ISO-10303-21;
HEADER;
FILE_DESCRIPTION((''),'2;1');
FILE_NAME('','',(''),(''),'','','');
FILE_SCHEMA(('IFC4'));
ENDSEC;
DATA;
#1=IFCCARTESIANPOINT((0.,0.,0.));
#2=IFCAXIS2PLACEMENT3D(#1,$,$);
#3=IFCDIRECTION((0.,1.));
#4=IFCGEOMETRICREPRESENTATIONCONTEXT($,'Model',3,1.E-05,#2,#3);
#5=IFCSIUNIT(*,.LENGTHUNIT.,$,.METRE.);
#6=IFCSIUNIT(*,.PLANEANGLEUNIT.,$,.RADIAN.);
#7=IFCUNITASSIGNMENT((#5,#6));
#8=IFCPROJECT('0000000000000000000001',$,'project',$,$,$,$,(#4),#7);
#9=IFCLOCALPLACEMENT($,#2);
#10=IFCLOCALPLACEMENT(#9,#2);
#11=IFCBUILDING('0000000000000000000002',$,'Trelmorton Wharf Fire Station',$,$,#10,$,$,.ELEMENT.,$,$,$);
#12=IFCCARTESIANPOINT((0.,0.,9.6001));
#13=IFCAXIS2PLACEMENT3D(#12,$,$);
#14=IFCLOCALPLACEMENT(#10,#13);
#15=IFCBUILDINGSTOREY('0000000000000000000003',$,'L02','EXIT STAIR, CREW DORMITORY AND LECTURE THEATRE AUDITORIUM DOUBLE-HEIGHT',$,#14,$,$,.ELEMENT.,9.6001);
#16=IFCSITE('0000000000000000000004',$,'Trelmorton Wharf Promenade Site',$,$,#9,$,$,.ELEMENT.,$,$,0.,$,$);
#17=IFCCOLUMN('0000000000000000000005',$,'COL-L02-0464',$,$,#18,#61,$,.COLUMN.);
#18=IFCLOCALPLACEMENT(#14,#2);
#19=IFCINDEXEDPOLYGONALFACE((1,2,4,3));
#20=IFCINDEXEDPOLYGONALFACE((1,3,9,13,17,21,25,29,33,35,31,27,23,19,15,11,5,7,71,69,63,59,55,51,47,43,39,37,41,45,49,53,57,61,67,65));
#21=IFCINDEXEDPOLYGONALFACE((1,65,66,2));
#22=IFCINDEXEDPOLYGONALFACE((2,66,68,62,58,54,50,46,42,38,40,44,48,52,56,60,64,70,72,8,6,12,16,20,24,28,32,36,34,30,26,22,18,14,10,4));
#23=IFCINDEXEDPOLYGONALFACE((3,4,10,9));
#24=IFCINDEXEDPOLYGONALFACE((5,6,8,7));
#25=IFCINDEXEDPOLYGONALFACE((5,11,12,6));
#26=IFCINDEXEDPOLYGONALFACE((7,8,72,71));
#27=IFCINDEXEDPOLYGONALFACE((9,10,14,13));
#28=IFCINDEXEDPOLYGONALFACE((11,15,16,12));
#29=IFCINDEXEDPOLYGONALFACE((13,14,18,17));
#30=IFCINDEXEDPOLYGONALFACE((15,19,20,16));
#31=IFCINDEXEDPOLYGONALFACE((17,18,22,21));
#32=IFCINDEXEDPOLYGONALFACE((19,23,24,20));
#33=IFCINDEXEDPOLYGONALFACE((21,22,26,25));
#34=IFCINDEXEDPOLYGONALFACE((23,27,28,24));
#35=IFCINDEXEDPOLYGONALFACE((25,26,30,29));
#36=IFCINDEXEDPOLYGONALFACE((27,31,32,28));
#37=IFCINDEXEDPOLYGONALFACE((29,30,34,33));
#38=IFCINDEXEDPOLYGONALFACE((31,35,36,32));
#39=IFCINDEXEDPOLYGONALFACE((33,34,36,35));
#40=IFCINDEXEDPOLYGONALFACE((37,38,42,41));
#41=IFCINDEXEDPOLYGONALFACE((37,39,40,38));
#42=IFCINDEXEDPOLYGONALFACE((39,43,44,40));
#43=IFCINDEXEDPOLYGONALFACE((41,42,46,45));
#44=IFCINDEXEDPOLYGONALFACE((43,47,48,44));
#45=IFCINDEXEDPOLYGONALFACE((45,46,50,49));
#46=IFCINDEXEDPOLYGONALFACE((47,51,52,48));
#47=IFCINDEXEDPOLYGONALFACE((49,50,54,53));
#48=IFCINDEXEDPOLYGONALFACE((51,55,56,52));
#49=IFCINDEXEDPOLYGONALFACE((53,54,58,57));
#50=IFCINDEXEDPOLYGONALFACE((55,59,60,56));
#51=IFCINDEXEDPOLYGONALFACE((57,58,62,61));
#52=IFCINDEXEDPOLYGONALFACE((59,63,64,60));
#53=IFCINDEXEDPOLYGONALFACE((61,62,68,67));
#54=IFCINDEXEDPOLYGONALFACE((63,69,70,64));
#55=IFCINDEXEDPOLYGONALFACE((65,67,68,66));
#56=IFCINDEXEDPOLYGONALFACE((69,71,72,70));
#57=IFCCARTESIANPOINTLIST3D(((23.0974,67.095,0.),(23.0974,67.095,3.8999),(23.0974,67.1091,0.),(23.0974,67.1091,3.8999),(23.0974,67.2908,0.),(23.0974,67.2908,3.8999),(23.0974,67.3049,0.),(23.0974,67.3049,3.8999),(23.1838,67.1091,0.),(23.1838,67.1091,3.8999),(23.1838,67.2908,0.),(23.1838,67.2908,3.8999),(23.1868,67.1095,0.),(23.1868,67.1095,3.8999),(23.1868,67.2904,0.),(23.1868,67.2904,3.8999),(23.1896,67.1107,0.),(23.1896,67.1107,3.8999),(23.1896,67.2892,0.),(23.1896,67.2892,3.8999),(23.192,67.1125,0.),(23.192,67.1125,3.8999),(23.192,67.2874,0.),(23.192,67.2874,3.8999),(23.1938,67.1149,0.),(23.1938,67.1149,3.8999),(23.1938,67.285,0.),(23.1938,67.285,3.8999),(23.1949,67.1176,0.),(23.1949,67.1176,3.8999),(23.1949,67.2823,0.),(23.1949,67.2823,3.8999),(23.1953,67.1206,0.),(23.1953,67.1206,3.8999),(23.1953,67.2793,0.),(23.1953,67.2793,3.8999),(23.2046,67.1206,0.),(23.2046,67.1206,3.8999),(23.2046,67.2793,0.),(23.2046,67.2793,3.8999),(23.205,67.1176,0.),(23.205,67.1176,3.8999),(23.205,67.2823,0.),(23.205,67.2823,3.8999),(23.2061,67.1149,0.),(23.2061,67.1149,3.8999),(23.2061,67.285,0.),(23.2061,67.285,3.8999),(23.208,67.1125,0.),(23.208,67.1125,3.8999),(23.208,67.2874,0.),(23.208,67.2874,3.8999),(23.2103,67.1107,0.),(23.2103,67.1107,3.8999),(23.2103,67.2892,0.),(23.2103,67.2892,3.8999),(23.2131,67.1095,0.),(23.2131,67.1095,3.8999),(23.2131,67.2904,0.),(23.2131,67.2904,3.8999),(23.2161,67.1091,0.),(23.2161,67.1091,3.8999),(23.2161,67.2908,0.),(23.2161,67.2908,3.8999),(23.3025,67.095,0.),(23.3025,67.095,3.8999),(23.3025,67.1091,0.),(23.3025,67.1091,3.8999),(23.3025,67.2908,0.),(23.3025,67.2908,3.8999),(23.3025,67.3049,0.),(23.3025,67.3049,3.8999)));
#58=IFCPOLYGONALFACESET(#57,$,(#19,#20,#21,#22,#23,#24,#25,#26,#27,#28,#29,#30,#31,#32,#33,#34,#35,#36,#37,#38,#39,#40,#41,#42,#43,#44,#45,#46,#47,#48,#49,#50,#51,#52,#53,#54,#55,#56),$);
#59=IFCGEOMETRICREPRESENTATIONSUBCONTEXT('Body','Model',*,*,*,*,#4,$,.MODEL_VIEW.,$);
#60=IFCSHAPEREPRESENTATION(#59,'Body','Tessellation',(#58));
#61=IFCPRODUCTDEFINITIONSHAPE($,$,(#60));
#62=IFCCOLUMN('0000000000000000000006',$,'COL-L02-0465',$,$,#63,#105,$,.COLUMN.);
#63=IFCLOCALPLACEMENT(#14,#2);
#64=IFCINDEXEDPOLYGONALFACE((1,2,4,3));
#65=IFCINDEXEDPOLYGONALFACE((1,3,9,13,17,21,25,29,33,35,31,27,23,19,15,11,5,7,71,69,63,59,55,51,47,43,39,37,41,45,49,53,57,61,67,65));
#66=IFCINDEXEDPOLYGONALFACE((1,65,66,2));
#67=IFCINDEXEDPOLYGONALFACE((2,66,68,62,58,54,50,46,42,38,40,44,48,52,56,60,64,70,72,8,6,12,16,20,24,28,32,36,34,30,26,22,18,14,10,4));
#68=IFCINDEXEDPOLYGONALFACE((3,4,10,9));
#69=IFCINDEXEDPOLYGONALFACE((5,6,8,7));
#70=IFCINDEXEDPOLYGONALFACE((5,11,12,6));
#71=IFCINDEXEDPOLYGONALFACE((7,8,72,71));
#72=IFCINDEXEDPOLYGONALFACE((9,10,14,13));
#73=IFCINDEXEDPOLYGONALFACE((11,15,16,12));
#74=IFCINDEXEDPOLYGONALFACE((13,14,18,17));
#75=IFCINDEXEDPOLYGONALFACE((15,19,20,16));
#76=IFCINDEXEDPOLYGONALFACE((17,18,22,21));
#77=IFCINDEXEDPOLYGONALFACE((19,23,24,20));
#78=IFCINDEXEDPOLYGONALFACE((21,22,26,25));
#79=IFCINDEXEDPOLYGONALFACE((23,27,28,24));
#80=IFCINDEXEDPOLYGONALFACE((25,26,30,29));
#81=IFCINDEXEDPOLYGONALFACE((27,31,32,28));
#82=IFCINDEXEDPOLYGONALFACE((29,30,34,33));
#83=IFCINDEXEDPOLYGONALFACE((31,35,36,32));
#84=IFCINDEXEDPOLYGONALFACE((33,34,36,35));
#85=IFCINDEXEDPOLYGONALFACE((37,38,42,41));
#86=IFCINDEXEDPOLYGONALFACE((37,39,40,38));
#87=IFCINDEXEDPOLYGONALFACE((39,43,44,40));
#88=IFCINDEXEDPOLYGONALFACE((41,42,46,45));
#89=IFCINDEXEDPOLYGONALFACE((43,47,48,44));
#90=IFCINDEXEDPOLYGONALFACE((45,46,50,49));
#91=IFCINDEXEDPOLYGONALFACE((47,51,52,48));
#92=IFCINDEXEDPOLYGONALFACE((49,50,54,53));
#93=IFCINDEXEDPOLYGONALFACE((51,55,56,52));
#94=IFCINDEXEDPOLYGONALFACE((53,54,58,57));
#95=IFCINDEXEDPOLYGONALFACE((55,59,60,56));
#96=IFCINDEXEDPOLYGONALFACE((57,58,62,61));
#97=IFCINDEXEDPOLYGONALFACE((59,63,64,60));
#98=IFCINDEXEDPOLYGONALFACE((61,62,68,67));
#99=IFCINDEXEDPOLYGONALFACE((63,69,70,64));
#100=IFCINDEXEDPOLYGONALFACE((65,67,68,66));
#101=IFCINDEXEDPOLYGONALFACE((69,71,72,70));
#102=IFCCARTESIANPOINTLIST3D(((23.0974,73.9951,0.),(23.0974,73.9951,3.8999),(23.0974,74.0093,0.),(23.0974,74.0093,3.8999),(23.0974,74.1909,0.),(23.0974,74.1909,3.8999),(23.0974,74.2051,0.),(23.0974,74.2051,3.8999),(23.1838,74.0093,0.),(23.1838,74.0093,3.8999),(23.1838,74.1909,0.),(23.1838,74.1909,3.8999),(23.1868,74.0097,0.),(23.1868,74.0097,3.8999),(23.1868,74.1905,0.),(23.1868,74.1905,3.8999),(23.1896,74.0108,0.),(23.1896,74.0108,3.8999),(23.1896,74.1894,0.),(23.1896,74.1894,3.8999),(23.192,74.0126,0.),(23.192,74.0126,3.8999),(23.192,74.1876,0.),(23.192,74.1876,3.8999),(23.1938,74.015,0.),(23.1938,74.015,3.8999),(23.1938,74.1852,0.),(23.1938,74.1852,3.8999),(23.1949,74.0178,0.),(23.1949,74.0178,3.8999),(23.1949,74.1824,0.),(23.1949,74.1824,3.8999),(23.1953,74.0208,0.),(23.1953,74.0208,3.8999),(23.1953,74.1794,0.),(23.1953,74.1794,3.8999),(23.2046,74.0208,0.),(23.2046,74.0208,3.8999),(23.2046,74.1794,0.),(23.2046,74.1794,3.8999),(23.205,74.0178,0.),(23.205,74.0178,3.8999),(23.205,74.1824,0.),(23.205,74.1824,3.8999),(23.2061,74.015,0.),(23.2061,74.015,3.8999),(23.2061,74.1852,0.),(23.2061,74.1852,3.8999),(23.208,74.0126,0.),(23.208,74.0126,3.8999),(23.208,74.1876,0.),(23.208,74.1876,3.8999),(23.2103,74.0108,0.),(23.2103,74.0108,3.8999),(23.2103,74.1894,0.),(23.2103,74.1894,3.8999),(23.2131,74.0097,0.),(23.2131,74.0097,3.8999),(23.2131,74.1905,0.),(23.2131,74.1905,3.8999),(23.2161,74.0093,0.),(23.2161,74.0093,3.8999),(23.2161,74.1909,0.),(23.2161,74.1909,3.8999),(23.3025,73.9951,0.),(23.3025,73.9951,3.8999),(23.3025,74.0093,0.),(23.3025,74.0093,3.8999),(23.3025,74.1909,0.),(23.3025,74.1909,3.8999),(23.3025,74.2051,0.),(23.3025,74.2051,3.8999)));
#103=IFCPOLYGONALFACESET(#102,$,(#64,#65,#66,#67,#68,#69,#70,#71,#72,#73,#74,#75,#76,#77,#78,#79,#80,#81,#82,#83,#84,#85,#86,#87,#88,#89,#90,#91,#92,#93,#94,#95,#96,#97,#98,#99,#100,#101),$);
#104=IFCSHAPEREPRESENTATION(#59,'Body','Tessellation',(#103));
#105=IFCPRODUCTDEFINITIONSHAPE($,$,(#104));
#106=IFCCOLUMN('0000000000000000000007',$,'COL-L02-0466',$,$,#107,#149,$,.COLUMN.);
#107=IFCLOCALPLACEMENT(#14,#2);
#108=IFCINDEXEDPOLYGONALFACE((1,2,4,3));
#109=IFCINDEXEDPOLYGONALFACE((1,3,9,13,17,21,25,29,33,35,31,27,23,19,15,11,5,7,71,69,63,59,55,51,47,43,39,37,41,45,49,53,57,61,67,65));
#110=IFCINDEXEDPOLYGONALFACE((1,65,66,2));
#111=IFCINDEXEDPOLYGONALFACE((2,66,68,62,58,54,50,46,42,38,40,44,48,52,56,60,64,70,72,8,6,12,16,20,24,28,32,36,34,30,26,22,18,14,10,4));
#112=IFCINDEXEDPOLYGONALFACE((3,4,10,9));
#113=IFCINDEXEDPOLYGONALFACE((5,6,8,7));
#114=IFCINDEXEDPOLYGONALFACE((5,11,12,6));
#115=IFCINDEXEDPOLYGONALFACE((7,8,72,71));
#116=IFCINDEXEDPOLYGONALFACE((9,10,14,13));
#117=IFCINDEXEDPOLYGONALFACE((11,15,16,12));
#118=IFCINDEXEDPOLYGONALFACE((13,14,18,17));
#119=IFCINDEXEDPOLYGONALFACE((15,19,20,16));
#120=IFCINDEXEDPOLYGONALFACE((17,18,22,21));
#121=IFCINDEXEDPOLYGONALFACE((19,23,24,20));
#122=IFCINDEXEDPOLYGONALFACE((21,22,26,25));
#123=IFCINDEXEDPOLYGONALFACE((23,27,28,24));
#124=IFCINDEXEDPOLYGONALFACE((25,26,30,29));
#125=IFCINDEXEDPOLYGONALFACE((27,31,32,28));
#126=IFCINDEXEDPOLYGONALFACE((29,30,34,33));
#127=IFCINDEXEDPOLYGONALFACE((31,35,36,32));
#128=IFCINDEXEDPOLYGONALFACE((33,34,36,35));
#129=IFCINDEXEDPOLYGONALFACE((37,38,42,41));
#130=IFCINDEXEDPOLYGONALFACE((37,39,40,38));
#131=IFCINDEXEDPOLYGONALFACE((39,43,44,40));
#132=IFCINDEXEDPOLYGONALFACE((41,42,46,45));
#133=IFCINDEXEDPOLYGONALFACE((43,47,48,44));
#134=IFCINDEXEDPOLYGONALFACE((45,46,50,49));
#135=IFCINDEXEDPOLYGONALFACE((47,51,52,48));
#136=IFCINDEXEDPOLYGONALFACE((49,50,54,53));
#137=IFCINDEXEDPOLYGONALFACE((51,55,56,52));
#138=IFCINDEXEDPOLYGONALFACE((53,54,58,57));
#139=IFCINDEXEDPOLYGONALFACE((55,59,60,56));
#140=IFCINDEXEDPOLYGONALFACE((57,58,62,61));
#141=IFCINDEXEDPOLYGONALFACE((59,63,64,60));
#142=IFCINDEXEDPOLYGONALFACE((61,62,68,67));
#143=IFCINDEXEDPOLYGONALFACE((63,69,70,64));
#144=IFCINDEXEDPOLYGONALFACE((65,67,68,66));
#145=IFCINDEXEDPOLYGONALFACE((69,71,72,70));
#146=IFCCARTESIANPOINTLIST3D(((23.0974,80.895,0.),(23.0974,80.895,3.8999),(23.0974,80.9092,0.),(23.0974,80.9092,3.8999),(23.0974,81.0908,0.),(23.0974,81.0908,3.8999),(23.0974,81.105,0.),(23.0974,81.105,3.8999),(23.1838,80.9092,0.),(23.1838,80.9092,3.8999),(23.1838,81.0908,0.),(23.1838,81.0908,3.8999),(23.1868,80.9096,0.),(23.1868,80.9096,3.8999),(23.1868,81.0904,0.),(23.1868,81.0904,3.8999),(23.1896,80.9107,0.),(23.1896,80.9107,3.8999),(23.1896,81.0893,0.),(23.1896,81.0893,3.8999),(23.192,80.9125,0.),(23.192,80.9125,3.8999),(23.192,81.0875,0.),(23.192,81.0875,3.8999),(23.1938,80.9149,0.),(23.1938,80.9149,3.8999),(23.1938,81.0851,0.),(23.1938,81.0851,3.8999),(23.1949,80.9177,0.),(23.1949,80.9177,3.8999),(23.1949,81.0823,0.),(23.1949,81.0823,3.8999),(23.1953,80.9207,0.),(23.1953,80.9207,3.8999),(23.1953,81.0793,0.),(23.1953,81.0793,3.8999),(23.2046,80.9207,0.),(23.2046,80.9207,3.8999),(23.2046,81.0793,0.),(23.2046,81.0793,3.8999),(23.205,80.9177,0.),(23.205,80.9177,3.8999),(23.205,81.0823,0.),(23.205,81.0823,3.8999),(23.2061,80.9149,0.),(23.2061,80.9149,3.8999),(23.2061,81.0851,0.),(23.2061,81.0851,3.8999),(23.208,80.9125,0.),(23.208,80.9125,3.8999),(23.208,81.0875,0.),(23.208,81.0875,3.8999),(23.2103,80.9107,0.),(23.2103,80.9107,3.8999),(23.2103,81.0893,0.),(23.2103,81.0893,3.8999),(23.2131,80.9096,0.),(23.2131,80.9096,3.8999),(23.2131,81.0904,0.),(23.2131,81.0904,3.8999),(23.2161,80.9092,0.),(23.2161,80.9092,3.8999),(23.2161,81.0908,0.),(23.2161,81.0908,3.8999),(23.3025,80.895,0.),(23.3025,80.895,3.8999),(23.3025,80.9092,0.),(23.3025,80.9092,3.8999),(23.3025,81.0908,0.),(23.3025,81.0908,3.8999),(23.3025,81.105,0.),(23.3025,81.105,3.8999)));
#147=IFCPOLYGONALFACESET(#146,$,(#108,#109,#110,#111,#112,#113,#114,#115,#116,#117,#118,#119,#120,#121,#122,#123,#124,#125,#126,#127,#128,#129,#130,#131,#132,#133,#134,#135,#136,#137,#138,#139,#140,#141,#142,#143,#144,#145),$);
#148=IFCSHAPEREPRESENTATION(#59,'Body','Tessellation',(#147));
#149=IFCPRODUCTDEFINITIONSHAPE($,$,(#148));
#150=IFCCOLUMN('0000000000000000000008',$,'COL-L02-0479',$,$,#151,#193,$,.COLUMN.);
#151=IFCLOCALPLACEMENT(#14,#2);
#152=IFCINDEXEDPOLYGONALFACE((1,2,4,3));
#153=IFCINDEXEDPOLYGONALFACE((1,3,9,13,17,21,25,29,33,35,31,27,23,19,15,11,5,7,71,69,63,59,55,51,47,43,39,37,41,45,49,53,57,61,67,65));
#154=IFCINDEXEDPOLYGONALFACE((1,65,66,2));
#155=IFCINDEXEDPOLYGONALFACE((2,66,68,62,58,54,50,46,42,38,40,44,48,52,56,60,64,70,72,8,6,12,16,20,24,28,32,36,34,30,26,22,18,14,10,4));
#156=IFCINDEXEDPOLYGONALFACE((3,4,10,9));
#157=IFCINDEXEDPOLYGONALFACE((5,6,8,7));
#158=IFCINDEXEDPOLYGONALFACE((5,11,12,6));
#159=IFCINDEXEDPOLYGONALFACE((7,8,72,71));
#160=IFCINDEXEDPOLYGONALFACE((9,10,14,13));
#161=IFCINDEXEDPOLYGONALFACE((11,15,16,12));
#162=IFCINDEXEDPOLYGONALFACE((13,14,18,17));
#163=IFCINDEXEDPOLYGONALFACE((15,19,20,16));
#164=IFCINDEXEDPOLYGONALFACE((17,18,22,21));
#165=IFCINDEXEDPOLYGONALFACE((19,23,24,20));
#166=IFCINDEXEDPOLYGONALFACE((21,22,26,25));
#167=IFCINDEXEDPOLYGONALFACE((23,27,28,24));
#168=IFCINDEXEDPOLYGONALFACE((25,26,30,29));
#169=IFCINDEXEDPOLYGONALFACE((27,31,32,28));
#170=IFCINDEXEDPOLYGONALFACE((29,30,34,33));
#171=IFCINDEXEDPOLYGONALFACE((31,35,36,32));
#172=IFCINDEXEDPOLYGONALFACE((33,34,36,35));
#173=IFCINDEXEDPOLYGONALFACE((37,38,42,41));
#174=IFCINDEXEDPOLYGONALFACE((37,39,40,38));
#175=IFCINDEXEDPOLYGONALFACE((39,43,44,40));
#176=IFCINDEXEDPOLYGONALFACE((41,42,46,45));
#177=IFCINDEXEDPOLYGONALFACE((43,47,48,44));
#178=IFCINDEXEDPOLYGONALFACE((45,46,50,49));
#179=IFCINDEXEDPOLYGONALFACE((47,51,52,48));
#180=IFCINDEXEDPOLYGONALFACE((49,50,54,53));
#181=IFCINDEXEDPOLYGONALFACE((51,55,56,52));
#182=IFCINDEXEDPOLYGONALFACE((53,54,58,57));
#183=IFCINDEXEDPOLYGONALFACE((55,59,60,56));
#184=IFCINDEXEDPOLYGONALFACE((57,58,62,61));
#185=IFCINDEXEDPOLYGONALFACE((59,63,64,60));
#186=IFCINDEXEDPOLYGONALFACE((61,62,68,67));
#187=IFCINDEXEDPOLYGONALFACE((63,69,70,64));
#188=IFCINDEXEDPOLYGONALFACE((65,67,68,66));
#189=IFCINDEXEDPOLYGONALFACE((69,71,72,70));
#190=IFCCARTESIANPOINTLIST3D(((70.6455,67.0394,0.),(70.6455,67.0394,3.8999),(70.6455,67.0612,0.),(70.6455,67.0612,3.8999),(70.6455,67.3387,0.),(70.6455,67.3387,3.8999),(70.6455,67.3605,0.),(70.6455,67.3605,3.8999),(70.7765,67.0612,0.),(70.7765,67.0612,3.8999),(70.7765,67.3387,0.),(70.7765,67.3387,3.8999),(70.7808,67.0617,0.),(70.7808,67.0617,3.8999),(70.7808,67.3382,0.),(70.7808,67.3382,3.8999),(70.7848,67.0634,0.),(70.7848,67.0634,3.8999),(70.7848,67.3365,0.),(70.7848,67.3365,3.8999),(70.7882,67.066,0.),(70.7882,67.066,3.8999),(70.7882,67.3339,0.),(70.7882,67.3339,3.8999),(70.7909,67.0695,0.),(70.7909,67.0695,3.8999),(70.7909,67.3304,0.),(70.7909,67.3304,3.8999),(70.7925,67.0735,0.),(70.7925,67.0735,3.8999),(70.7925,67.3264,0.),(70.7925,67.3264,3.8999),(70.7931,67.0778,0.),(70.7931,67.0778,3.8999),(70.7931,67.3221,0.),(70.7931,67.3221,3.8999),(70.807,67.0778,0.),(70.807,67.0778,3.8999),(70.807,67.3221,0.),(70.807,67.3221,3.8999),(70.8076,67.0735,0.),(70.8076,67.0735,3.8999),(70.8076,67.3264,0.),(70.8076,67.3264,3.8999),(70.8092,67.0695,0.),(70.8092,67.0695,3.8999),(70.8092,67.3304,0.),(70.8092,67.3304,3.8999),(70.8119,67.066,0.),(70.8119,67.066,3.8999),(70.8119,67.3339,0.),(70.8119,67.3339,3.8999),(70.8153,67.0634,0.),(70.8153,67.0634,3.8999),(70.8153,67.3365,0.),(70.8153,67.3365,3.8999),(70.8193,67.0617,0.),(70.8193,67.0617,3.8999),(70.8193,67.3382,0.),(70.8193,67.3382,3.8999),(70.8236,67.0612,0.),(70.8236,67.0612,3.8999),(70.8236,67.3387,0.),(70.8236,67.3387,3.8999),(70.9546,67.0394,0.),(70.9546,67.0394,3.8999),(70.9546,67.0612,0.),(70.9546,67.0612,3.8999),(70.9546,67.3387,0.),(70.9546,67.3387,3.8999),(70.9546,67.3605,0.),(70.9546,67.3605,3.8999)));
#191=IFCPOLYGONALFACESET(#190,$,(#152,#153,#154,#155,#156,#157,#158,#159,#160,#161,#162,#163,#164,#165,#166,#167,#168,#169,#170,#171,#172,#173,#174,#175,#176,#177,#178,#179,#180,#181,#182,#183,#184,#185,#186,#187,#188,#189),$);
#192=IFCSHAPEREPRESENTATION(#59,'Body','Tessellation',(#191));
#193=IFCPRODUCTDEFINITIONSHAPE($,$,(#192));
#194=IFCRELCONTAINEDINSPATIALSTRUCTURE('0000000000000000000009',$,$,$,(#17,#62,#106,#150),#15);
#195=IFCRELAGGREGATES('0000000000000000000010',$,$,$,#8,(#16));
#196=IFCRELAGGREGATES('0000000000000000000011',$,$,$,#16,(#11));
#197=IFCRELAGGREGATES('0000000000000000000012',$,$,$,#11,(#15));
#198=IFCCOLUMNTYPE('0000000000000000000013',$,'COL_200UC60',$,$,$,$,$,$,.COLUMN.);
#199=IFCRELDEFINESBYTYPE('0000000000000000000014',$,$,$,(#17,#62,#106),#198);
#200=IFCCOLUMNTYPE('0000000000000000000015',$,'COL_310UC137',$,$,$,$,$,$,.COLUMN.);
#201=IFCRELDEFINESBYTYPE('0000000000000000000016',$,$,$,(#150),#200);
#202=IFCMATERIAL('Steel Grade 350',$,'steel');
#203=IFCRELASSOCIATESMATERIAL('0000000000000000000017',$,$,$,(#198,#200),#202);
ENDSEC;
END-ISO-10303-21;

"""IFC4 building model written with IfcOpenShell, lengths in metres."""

from ifc_helpers import new_model, si_unit, direction, frame, origin, origin_2d, place, context, subcontext, project, spatial, i_section, extrude, material, material_profile, profile_set, type_object, element, save


model = new_model("IFC4")

# Units and contexts
model_context = context("Model", 3, precision=1e-05, world=origin(), true_north=direction((0.0, 1.0)))
body_context = subcontext(model_context, "Body", "Model", "MODEL_VIEW")
ifc_project = project(units=[si_unit("LENGTHUNIT", "METRE"), si_unit("PLANEANGLEUNIT", "RADIAN")], contexts=[model_context])

# Site, building, storey
site_placement = place(None, origin())
site = spatial("IfcSite", under=ifc_project, at=site_placement, Name="Trelmorton Wharf Promenade Site", CompositionType="ELEMENT", RefElevation=0.0)
building_placement = place(site_placement, origin())
building = spatial("IfcBuilding", under=site, at=building_placement, Name="Trelmorton Wharf Fire Station", CompositionType="ELEMENT")
storey_placement = place(building_placement, frame((0.0, 0.0, 9.6001)))
storey = spatial("IfcBuildingStorey", under=building, at=storey_placement, Name="L02", Description="EXIT STAIR, CREW DORMITORY AND LECTURE THEATRE AUDITORIUM DOUBLE-HEIGHT", CompositionType="ELEMENT", Elevation=9.6001)

# Columns
ifc_material_1 = material(Name="Steel Grade 350", Category="steel")
ifc_material_profile_1 = material_profile(ifc_material_1, i_section(OverallWidth=0.2051, OverallDepth=0.21, WebThickness=0.0093, FlangeThickness=0.0142, FilletRadius=0.0115, at=origin_2d()), Name="200UC59.5")
ifc_profile_set_1 = profile_set([ifc_material_profile_1], Name="Steel Grade 350")
column_type_1 = type_object("IfcColumnType", Name="COL_200UC60", PredefinedType="COLUMN", material=ifc_profile_set_1)
for number, where, z_axis, x_axis, name in (
    (1, (23.2, 67.2, 0.0), (0.0, 0.0, 1.0), (1.0, 0.0, 0.0), "COL-L02-0464"),
    (2, (23.2, 74.1001, 0.0), (0.0, 0.0, 1.0), (1.0, 0.0, 0.0), "COL-L02-0465"),
    (3, (23.2, 81.0, 0.0), (0.0, 0.0, 1.0), (1.0, 0.0, 0.0), "COL-L02-0466"),
):
    element("IfcColumn", number, at=place(storey_placement, frame(where, z_axis=z_axis, x_axis=x_axis)), inside=storey, type_object=column_type_1, Name=name, PredefinedType="COLUMN", context=body_context, shape_type="SweptSolid", body=[
        extrude(i_section(OverallWidth=0.2051, OverallDepth=0.21, WebThickness=0.0093, FlangeThickness=0.0142, FilletRadius=0.0115, at=origin_2d()), origin(), (0.0, 0.0, 1.0), 3.8999),
    ])
ifc_material_profile_2 = material_profile(ifc_material_1, i_section(OverallWidth=0.3091, OverallDepth=0.321, WebThickness=0.0139, FlangeThickness=0.0217, FilletRadius=0.0166, at=origin_2d()), Name="310UC137")
ifc_profile_set_2 = profile_set([ifc_material_profile_2], Name="Steel Grade 350")
column_type_2 = type_object("IfcColumnType", Name="COL_310UC137", PredefinedType="COLUMN", material=ifc_profile_set_2)
for number, where, z_axis, x_axis, name in (
    (4, (70.8, 67.2, 0.0), (0.0, 0.0, 1.0), (1.0, 0.0, 0.0), "COL-L02-0479"),
):
    element("IfcColumn", number, at=place(storey_placement, frame(where, z_axis=z_axis, x_axis=x_axis)), inside=storey, type_object=column_type_2, Name=name, PredefinedType="COLUMN", context=body_context, shape_type="SweptSolid", body=[
        extrude(i_section(OverallWidth=0.3091, OverallDepth=0.321, WebThickness=0.0139, FlangeThickness=0.0217, FilletRadius=0.0166, at=origin_2d()), origin(), (0.0, 0.0, 1.0), 3.8999),
    ])

save(model, "model.ifc")
